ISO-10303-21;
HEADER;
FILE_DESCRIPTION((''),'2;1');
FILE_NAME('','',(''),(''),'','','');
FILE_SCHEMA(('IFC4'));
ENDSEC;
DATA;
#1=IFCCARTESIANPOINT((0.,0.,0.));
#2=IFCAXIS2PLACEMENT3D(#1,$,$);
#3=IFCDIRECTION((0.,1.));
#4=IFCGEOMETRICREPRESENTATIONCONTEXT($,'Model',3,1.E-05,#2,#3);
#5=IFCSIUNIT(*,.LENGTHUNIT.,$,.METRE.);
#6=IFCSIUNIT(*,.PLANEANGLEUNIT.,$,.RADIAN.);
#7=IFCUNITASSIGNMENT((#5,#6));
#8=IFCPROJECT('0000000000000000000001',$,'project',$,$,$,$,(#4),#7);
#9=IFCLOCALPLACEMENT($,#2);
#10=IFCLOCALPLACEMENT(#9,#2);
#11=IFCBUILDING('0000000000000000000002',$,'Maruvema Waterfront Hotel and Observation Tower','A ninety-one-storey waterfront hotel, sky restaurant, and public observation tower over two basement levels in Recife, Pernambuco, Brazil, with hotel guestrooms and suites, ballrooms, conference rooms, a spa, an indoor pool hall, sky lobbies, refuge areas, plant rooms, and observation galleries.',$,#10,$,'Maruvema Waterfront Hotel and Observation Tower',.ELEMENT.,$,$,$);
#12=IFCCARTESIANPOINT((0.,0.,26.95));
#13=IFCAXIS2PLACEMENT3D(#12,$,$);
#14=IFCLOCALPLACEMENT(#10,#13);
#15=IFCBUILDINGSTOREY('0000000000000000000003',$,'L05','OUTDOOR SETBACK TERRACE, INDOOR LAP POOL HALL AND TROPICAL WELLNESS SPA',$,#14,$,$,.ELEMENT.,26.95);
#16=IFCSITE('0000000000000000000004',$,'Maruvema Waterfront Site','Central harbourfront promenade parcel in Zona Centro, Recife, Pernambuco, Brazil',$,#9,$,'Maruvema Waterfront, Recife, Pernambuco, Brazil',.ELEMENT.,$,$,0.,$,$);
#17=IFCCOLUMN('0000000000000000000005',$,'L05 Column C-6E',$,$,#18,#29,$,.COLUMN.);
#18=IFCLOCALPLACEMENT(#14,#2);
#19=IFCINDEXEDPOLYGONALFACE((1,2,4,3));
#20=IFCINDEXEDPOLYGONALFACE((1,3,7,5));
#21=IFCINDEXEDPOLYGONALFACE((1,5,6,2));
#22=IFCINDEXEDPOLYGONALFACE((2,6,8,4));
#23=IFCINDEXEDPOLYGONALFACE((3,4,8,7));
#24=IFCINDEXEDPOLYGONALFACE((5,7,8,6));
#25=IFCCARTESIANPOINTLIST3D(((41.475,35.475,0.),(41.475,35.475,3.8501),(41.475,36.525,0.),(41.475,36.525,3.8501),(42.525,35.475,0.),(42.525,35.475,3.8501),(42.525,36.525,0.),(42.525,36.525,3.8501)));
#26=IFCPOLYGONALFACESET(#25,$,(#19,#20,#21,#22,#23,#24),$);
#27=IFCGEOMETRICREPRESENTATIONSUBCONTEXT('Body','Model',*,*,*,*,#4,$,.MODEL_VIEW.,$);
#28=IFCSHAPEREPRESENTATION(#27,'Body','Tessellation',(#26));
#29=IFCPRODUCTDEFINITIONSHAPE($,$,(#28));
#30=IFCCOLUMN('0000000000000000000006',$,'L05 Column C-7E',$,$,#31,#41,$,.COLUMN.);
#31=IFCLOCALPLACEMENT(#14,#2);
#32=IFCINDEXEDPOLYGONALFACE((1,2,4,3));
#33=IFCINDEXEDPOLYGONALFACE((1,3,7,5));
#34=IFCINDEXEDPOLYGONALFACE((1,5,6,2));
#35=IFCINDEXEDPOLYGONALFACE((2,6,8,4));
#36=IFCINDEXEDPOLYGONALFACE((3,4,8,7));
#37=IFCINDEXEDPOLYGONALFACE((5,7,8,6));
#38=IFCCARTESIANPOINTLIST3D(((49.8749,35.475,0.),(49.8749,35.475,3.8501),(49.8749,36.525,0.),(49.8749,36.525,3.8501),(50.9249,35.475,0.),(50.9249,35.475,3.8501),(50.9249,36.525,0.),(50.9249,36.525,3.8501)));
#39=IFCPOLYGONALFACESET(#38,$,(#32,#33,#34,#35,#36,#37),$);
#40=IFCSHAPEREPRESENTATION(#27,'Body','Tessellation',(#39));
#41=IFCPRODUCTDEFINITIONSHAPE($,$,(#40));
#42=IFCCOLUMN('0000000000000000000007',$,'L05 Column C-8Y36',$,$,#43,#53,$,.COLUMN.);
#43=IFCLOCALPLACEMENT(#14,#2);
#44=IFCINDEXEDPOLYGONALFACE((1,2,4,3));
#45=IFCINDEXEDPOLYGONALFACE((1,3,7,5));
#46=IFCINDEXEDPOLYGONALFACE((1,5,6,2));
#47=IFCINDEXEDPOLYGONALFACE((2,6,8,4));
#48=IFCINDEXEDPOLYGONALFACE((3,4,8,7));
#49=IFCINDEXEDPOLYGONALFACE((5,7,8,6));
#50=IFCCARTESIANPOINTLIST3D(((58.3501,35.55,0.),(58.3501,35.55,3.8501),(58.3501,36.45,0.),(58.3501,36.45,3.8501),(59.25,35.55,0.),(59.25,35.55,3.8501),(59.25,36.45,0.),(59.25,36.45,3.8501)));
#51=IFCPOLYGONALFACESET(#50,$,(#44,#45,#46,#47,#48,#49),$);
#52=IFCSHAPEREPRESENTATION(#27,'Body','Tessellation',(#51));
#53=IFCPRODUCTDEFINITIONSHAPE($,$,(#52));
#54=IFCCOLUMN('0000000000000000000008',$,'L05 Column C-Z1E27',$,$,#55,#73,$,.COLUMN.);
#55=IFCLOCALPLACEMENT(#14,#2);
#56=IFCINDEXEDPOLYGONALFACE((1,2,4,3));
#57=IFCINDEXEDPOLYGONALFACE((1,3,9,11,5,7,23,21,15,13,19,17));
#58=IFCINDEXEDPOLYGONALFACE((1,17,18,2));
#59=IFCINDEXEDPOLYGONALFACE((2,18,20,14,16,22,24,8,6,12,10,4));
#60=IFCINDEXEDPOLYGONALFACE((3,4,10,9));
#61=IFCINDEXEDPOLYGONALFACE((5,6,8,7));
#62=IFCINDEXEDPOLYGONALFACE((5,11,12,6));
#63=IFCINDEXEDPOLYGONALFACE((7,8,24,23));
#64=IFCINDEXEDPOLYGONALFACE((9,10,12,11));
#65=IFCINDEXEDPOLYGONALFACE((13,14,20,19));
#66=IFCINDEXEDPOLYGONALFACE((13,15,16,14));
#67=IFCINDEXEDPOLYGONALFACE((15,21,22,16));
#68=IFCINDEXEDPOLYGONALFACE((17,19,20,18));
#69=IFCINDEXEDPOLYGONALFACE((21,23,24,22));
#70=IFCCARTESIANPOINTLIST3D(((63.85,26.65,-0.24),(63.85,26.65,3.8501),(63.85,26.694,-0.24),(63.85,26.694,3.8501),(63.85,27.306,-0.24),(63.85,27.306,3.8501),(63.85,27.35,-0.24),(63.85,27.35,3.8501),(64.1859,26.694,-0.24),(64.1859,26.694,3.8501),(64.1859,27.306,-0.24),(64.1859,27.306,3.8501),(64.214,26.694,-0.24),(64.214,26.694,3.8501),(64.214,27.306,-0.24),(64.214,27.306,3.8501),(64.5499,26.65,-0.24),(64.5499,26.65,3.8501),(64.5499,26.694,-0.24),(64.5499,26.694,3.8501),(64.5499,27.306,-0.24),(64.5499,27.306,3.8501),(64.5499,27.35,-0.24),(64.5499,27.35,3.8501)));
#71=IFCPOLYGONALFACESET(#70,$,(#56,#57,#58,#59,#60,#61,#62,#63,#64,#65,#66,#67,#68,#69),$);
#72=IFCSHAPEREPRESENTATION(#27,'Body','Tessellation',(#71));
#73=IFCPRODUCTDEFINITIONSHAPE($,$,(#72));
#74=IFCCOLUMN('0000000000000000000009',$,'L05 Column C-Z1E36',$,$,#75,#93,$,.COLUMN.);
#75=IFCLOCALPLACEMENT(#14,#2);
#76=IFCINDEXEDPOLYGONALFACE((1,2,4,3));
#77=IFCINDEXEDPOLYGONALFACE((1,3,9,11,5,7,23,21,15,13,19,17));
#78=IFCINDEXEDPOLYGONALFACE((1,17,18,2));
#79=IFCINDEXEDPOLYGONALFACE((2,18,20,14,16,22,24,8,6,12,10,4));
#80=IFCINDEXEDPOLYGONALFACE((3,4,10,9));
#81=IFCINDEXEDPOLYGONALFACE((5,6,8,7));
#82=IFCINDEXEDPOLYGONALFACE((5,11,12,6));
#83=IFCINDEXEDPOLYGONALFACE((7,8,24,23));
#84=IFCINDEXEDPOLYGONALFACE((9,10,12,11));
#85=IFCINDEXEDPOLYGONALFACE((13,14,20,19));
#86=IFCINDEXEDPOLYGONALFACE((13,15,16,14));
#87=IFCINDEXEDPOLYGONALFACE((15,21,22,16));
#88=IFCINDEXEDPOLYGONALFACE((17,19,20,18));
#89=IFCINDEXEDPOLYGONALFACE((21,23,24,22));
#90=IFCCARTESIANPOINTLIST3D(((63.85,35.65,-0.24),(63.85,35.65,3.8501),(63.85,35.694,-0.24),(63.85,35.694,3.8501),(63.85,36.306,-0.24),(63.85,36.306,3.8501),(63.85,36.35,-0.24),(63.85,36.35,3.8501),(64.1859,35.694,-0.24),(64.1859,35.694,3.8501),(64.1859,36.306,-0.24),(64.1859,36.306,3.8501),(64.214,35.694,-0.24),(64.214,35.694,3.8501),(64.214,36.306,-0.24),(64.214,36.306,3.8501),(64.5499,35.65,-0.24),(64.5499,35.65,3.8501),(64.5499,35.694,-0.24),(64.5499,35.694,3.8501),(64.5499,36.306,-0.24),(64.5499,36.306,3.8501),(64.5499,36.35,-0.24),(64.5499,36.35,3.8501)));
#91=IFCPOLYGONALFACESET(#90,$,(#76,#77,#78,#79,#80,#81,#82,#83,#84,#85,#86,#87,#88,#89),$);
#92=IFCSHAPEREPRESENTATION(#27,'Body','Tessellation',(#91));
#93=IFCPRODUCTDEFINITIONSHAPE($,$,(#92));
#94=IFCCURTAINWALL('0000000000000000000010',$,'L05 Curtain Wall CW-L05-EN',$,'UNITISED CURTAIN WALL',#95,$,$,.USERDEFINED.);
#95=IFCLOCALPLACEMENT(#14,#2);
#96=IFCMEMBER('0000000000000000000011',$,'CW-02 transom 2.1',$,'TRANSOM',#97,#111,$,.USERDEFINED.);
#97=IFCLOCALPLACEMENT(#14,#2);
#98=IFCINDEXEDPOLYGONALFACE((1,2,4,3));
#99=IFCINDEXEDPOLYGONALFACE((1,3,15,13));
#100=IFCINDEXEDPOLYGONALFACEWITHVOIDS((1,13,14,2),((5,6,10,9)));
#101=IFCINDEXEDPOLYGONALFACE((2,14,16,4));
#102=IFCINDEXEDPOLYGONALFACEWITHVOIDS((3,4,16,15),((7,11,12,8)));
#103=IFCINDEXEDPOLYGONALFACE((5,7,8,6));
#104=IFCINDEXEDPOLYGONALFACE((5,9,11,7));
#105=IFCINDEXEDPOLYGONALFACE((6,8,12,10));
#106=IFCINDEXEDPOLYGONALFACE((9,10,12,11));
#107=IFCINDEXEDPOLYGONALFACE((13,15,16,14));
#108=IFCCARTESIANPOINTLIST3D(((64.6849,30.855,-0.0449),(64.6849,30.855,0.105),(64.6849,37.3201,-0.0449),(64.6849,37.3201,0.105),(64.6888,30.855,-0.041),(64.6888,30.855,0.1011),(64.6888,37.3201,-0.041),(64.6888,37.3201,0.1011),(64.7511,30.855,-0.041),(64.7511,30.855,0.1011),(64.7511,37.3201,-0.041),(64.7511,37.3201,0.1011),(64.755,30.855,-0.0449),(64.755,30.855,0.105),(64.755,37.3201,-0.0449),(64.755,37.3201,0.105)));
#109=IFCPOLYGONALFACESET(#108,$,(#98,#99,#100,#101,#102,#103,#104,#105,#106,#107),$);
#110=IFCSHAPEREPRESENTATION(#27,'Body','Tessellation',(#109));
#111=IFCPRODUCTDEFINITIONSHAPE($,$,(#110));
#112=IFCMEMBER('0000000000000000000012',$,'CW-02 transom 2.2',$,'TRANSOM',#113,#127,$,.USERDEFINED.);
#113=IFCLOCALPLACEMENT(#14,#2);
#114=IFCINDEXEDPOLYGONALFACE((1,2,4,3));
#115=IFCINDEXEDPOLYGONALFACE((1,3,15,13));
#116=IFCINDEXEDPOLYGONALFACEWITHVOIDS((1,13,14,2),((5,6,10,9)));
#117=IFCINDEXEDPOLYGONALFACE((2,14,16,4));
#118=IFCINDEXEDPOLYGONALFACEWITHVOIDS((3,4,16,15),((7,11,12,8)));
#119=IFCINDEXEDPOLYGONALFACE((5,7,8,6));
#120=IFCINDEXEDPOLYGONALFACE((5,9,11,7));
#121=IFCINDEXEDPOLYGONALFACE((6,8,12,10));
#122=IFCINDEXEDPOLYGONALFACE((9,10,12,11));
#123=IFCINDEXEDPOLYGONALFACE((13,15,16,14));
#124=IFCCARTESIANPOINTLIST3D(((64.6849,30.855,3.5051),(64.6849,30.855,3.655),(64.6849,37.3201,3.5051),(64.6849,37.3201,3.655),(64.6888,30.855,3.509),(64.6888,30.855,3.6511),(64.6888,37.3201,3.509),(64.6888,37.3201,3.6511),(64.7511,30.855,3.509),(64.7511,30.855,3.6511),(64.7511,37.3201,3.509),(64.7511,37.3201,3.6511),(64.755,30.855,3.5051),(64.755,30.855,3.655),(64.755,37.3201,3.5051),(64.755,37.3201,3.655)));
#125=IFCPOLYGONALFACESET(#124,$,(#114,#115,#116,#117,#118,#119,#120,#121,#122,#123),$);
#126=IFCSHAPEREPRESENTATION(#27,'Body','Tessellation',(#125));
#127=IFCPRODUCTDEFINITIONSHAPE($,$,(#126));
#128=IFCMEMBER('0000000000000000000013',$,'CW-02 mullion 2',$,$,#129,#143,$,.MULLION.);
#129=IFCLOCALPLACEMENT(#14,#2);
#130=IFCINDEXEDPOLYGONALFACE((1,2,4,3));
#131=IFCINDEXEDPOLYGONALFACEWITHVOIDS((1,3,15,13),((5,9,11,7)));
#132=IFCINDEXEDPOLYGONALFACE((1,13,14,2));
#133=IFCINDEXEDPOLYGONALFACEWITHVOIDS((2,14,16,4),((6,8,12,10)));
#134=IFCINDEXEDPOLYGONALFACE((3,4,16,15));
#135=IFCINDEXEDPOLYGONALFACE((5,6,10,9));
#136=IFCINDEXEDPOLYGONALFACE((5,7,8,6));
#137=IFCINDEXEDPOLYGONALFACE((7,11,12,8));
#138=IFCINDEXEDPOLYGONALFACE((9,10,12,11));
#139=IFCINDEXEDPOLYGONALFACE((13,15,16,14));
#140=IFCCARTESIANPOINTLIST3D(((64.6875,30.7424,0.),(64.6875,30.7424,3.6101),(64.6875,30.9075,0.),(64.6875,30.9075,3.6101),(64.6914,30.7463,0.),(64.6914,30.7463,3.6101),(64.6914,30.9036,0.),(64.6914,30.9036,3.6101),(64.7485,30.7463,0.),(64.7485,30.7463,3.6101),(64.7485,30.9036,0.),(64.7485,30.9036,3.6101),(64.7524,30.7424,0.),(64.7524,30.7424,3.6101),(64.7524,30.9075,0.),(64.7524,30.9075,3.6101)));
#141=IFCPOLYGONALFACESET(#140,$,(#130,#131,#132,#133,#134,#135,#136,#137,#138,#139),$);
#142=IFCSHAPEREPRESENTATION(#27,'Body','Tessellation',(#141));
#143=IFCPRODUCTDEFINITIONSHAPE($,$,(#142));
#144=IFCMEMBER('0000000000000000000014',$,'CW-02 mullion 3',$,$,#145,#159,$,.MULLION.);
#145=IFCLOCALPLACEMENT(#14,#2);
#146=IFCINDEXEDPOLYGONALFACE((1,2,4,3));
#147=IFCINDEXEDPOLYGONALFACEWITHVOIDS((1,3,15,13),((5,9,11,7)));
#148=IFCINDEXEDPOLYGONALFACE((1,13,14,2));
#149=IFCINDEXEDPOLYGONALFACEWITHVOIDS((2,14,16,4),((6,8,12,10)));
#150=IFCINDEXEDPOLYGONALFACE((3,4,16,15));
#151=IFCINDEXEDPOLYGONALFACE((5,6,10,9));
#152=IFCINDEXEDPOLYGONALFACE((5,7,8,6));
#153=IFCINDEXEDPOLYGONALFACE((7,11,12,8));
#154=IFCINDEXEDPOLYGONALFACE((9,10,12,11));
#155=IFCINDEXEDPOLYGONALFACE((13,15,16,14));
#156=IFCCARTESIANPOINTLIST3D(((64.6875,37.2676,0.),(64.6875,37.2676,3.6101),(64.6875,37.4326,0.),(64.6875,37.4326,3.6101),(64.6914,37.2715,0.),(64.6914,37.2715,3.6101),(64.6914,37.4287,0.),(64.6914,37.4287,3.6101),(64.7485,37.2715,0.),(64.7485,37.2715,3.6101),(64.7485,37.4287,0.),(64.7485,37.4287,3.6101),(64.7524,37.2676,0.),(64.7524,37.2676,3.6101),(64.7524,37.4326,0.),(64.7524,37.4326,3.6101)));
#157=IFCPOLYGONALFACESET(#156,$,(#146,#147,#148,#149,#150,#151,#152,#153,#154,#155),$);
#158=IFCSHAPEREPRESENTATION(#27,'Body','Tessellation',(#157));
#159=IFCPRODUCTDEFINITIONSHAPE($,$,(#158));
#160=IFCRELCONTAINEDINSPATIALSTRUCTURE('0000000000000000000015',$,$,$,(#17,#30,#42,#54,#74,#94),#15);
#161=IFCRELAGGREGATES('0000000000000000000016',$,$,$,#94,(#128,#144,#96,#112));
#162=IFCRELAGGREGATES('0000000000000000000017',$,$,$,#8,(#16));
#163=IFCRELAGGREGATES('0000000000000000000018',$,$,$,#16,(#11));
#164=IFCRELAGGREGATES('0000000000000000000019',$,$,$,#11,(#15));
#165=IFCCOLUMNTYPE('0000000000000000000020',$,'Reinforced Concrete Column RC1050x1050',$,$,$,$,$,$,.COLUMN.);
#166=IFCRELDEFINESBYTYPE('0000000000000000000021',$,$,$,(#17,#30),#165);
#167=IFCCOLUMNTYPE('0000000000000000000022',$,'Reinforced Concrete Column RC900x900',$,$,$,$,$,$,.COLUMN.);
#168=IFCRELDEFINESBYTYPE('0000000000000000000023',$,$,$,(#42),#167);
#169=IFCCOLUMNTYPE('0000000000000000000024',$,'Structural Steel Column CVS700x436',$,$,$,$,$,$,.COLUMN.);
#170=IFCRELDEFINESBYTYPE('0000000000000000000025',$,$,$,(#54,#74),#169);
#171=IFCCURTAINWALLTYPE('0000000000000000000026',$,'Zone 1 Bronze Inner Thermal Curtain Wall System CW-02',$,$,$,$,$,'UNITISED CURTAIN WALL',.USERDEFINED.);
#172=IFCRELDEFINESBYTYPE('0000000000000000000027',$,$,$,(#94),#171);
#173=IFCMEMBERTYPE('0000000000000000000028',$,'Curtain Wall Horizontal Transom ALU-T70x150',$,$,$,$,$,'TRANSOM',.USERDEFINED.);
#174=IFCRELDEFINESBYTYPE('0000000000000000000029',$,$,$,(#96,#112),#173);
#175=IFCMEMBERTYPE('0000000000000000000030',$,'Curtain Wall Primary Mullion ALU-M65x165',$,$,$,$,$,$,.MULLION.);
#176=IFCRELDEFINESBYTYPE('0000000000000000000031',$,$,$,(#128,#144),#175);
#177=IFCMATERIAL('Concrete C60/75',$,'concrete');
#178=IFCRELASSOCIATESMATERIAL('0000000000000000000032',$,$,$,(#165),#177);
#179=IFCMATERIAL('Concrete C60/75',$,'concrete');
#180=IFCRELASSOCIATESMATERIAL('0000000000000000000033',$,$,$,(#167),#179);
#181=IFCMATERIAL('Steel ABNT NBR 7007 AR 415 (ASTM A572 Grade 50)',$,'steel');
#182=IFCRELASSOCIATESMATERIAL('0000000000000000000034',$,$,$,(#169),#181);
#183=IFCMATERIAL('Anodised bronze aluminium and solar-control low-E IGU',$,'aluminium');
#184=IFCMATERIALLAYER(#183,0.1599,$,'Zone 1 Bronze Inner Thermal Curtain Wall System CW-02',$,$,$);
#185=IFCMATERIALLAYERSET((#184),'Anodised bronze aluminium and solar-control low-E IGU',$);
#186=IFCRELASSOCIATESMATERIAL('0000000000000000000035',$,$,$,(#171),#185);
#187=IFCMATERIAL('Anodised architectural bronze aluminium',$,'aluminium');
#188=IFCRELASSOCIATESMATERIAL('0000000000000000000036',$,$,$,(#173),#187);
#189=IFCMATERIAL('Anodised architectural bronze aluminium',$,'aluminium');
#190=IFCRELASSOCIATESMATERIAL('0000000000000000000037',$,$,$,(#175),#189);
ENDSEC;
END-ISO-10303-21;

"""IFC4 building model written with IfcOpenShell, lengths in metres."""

from ifc_helpers import new_model, si_unit, direction, frame, origin, origin_2d, place, context, subcontext, project, spatial, rectangle, hollow_rectangle, i_section, extrude, material, layer, layer_set, material_profile, profile_set, type_object, element, aggregate, save


model = new_model("IFC4")

# Units and contexts
model_context = context("Model", 3, precision=1e-05, world=origin(), true_north=direction((0.0, 1.0)))
body_context = subcontext(model_context, "Body", "Model", "MODEL_VIEW")
ifc_project = project(units=[si_unit("LENGTHUNIT", "METRE"), si_unit("PLANEANGLEUNIT", "RADIAN")], contexts=[model_context])

# Site, building, storey
site_placement = place(None, origin())
site = spatial("IfcSite", under=ifc_project, at=site_placement, Name="Maruvema Waterfront Site", Description="Central harbourfront promenade parcel in Zona Centro, Recife, Pernambuco, Brazil", LongName="Maruvema Waterfront, Recife, Pernambuco, Brazil", CompositionType="ELEMENT", RefElevation=0.0)
building_placement = place(site_placement, origin())
building = spatial("IfcBuilding", under=site, at=building_placement, Name="Maruvema Waterfront Hotel and Observation Tower", Description="A ninety-one-storey waterfront hotel, sky restaurant, and public observation tower over two basement levels in Recife, Pernambuco, Brazil, with hotel guestrooms and suites, ballrooms, conference rooms, a spa, an indoor pool hall, sky lobbies, refuge areas, plant rooms, and observation galleries.", LongName="Maruvema Waterfront Hotel and Observation Tower", CompositionType="ELEMENT")
storey_placement = place(building_placement, frame((0.0, 0.0, 26.95)))
storey = spatial("IfcBuildingStorey", under=building, at=storey_placement, Name="L05", Description="OUTDOOR SETBACK TERRACE, INDOOR LAP POOL HALL AND TROPICAL WELLNESS SPA", CompositionType="ELEMENT", Elevation=26.95)

# Columns
ifc_material_1 = material(Name="Concrete C60/75", Category="concrete")
ifc_material_profile_1 = material_profile(ifc_material_1, rectangle(XDim=1.05, YDim=1.05, at=origin_2d()), Name="RC1050x1050")
ifc_profile_set_1 = profile_set([ifc_material_profile_1], Name="Concrete C60/75")
column_type_1 = type_object("IfcColumnType", Name="Reinforced Concrete Column RC1050x1050", PredefinedType="COLUMN", material=ifc_profile_set_1)
for number, where, z_axis, x_axis, name in (
    (1, (42.0, 36.0, 0.0), (0.0, 0.0, 1.0), (1.0, 0.0, 0.0), "L05 Column C-6E"),
    (2, (50.3999, 36.0, 0.0), (0.0, 0.0, 1.0), (1.0, 0.0, 0.0), "L05 Column C-7E"),
):
    element("IfcColumn", number, at=place(storey_placement, frame(where, z_axis=z_axis, x_axis=x_axis)), inside=storey, type_object=column_type_1, Name=name, PredefinedType="COLUMN", context=body_context, shape_type="SweptSolid", body=[
        extrude(rectangle(XDim=1.05, YDim=1.05, at=origin_2d()), origin(), (0.0, 0.0, 1.0), 3.8501),
    ])
ifc_material_2 = material(Name="Concrete C60/75", Category="concrete")
ifc_material_profile_2 = material_profile(ifc_material_2, rectangle(XDim=0.8999, YDim=0.8999, at=origin_2d()), Name="RC900x900")
ifc_profile_set_2 = profile_set([ifc_material_profile_2], Name="Concrete C60/75")
column_type_2 = type_object("IfcColumnType", Name="Reinforced Concrete Column RC900x900", PredefinedType="COLUMN", material=ifc_profile_set_2)
column_placement = place(storey_placement, frame((58.8, 36.0, 0.0), z_axis=(0.0, 0.0, 1.0), x_axis=(1.0, 0.0, 0.0)))
element("IfcColumn", 3, at=column_placement, inside=storey, type_object=column_type_2, Name="L05 Column C-8Y36", PredefinedType="COLUMN", context=body_context, shape_type="SweptSolid", body=[
    extrude(rectangle(XDim=0.8999, YDim=0.8999, at=origin_2d()), origin(), (0.0, 0.0, 1.0), 3.8501),
])
ifc_material_3 = material(Name="Steel ABNT NBR 7007 AR 415 (ASTM A572 Grade 50)", Category="steel")
ifc_material_profile_3 = material_profile(ifc_material_3, i_section(OverallWidth=0.7, OverallDepth=0.7, WebThickness=0.0281, FlangeThickness=0.0439, at=origin_2d()), Name="CVS700x436")
ifc_profile_set_3 = profile_set([ifc_material_profile_3], Name="Steel ABNT NBR 7007 AR 415 (ASTM A572 Grade 50)")
column_type_3 = type_object("IfcColumnType", Name="Structural Steel Column CVS700x436", PredefinedType="COLUMN", material=ifc_profile_set_3)
for number, where, z_axis, x_axis, name in (
    (4, (64.2, 27.0, -0.24), (0.0, 0.0, 1.0), (1.0, 0.0, 0.0), "L05 Column C-Z1E27"),
    (5, (64.2, 36.0, -0.24), (0.0, 0.0, 1.0), (1.0, 0.0, 0.0), "L05 Column C-Z1E36"),
):
    element("IfcColumn", number, at=place(storey_placement, frame(where, z_axis=z_axis, x_axis=x_axis)), inside=storey, type_object=column_type_3, Name=name, PredefinedType="COLUMN", context=body_context, shape_type="SweptSolid", body=[
        extrude(i_section(OverallWidth=0.7, OverallDepth=0.7, WebThickness=0.0281, FlangeThickness=0.0439, at=origin_2d()), origin(), (0.0, 0.0, 1.0), 4.0901),
    ])

# Curtain wall, members
ifc_material_4 = material(Name="Anodised bronze aluminium and solar-control low-E IGU", Category="aluminium")
ifc_layer_1 = layer(ifc_material_4, 0.1599, Name="Zone 1 Bronze Inner Thermal Curtain Wall System CW-02")
ifc_layer_set_1 = layer_set([ifc_layer_1], Name="Anodised bronze aluminium and solar-control low-E IGU")
curtain_wall_type = type_object("IfcCurtainWallType", Name="Zone 1 Bronze Inner Thermal Curtain Wall System CW-02", ElementType="UNITISED CURTAIN WALL", PredefinedType="USERDEFINED", material=ifc_layer_set_1)
curtain_wall_placement = place(storey_placement, origin())
curtain_wall = element("IfcCurtainWall", 6, at=curtain_wall_placement, inside=storey, type_object=curtain_wall_type, Name="L05 Curtain Wall CW-L05-EN", ObjectType="UNITISED CURTAIN WALL", PredefinedType="USERDEFINED")
ifc_material_5 = material(Name="Anodised architectural bronze aluminium", Category="aluminium")
ifc_material_profile_4 = material_profile(ifc_material_5, hollow_rectangle(XDim=0.0701, YDim=0.1499, WallThickness=0.0039, at=origin_2d()), Name="ALU-T70x150")
ifc_profile_set_4 = profile_set([ifc_material_profile_4], Name="Anodised architectural bronze aluminium")
member_type_1 = type_object("IfcMemberType", Name="Curtain Wall Horizontal Transom ALU-T70x150", ElementType="TRANSOM", PredefinedType="USERDEFINED", material=ifc_profile_set_4)
member_1_placement = place(storey_placement, frame((64.72, 30.855, 0.03), z_axis=(0.0, 1.0, 0.0), x_axis=(-1.0, 0.0, 0.0)))
member_1 = element("IfcMember", 7, at=member_1_placement, type_object=member_type_1, Name="CW-02 transom 2.1", ObjectType="TRANSOM", PredefinedType="USERDEFINED", context=body_context, shape_type="SweptSolid", body=[
    extrude(hollow_rectangle(XDim=0.0701, YDim=0.1499, WallThickness=0.0039, at=origin_2d()), origin(), (0.0, 0.0, 1.0), 6.4651),
])
member_2_placement = place(storey_placement, frame((64.72, 30.855, 3.5801), z_axis=(0.0, 1.0, 0.0), x_axis=(-1.0, 0.0, 0.0)))
member_2 = element("IfcMember", 8, at=member_2_placement, type_object=member_type_1, Name="CW-02 transom 2.2", ObjectType="TRANSOM", PredefinedType="USERDEFINED", context=body_context, shape_type="SweptSolid", body=[
    extrude(hollow_rectangle(XDim=0.0701, YDim=0.1499, WallThickness=0.0039, at=origin_2d()), origin(), (0.0, 0.0, 1.0), 6.4651),
])
ifc_material_6 = material(Name="Anodised architectural bronze aluminium", Category="aluminium")
ifc_material_profile_5 = material_profile(ifc_material_6, hollow_rectangle(XDim=0.0649, YDim=0.165, WallThickness=0.0039, at=origin_2d()), Name="ALU-M65x165")
ifc_profile_set_5 = profile_set([ifc_material_profile_5], Name="Anodised architectural bronze aluminium")
member_type_2 = type_object("IfcMemberType", Name="Curtain Wall Primary Mullion ALU-M65x165", PredefinedType="MULLION", material=ifc_profile_set_5)
member_3_placement = place(storey_placement, frame((64.72, 30.825, 0.0), z_axis=(0.0, 0.0, 1.0), x_axis=(-1.0, 0.0, 0.0)))
member_3 = element("IfcMember", 9, at=member_3_placement, type_object=member_type_2, Name="CW-02 mullion 2", PredefinedType="MULLION", context=body_context, shape_type="SweptSolid", body=[
    extrude(hollow_rectangle(XDim=0.0649, YDim=0.165, WallThickness=0.0039, at=origin_2d()), origin(), (0.0, 0.0, 1.0), 3.6101),
])
member_4_placement = place(storey_placement, frame((64.72, 37.3501, 0.0), z_axis=(0.0, 0.0, 1.0), x_axis=(-1.0, 0.0, 0.0)))
member_4 = element("IfcMember", 10, at=member_4_placement, type_object=member_type_2, Name="CW-02 mullion 3", PredefinedType="MULLION", context=body_context, shape_type="SweptSolid", body=[
    extrude(hollow_rectangle(XDim=0.0649, YDim=0.165, WallThickness=0.0039, at=origin_2d()), origin(), (0.0, 0.0, 1.0), 3.6101),
])

aggregate(curtain_wall, [member_3, member_4, member_1, member_2])

save(model, "model.ifc")
